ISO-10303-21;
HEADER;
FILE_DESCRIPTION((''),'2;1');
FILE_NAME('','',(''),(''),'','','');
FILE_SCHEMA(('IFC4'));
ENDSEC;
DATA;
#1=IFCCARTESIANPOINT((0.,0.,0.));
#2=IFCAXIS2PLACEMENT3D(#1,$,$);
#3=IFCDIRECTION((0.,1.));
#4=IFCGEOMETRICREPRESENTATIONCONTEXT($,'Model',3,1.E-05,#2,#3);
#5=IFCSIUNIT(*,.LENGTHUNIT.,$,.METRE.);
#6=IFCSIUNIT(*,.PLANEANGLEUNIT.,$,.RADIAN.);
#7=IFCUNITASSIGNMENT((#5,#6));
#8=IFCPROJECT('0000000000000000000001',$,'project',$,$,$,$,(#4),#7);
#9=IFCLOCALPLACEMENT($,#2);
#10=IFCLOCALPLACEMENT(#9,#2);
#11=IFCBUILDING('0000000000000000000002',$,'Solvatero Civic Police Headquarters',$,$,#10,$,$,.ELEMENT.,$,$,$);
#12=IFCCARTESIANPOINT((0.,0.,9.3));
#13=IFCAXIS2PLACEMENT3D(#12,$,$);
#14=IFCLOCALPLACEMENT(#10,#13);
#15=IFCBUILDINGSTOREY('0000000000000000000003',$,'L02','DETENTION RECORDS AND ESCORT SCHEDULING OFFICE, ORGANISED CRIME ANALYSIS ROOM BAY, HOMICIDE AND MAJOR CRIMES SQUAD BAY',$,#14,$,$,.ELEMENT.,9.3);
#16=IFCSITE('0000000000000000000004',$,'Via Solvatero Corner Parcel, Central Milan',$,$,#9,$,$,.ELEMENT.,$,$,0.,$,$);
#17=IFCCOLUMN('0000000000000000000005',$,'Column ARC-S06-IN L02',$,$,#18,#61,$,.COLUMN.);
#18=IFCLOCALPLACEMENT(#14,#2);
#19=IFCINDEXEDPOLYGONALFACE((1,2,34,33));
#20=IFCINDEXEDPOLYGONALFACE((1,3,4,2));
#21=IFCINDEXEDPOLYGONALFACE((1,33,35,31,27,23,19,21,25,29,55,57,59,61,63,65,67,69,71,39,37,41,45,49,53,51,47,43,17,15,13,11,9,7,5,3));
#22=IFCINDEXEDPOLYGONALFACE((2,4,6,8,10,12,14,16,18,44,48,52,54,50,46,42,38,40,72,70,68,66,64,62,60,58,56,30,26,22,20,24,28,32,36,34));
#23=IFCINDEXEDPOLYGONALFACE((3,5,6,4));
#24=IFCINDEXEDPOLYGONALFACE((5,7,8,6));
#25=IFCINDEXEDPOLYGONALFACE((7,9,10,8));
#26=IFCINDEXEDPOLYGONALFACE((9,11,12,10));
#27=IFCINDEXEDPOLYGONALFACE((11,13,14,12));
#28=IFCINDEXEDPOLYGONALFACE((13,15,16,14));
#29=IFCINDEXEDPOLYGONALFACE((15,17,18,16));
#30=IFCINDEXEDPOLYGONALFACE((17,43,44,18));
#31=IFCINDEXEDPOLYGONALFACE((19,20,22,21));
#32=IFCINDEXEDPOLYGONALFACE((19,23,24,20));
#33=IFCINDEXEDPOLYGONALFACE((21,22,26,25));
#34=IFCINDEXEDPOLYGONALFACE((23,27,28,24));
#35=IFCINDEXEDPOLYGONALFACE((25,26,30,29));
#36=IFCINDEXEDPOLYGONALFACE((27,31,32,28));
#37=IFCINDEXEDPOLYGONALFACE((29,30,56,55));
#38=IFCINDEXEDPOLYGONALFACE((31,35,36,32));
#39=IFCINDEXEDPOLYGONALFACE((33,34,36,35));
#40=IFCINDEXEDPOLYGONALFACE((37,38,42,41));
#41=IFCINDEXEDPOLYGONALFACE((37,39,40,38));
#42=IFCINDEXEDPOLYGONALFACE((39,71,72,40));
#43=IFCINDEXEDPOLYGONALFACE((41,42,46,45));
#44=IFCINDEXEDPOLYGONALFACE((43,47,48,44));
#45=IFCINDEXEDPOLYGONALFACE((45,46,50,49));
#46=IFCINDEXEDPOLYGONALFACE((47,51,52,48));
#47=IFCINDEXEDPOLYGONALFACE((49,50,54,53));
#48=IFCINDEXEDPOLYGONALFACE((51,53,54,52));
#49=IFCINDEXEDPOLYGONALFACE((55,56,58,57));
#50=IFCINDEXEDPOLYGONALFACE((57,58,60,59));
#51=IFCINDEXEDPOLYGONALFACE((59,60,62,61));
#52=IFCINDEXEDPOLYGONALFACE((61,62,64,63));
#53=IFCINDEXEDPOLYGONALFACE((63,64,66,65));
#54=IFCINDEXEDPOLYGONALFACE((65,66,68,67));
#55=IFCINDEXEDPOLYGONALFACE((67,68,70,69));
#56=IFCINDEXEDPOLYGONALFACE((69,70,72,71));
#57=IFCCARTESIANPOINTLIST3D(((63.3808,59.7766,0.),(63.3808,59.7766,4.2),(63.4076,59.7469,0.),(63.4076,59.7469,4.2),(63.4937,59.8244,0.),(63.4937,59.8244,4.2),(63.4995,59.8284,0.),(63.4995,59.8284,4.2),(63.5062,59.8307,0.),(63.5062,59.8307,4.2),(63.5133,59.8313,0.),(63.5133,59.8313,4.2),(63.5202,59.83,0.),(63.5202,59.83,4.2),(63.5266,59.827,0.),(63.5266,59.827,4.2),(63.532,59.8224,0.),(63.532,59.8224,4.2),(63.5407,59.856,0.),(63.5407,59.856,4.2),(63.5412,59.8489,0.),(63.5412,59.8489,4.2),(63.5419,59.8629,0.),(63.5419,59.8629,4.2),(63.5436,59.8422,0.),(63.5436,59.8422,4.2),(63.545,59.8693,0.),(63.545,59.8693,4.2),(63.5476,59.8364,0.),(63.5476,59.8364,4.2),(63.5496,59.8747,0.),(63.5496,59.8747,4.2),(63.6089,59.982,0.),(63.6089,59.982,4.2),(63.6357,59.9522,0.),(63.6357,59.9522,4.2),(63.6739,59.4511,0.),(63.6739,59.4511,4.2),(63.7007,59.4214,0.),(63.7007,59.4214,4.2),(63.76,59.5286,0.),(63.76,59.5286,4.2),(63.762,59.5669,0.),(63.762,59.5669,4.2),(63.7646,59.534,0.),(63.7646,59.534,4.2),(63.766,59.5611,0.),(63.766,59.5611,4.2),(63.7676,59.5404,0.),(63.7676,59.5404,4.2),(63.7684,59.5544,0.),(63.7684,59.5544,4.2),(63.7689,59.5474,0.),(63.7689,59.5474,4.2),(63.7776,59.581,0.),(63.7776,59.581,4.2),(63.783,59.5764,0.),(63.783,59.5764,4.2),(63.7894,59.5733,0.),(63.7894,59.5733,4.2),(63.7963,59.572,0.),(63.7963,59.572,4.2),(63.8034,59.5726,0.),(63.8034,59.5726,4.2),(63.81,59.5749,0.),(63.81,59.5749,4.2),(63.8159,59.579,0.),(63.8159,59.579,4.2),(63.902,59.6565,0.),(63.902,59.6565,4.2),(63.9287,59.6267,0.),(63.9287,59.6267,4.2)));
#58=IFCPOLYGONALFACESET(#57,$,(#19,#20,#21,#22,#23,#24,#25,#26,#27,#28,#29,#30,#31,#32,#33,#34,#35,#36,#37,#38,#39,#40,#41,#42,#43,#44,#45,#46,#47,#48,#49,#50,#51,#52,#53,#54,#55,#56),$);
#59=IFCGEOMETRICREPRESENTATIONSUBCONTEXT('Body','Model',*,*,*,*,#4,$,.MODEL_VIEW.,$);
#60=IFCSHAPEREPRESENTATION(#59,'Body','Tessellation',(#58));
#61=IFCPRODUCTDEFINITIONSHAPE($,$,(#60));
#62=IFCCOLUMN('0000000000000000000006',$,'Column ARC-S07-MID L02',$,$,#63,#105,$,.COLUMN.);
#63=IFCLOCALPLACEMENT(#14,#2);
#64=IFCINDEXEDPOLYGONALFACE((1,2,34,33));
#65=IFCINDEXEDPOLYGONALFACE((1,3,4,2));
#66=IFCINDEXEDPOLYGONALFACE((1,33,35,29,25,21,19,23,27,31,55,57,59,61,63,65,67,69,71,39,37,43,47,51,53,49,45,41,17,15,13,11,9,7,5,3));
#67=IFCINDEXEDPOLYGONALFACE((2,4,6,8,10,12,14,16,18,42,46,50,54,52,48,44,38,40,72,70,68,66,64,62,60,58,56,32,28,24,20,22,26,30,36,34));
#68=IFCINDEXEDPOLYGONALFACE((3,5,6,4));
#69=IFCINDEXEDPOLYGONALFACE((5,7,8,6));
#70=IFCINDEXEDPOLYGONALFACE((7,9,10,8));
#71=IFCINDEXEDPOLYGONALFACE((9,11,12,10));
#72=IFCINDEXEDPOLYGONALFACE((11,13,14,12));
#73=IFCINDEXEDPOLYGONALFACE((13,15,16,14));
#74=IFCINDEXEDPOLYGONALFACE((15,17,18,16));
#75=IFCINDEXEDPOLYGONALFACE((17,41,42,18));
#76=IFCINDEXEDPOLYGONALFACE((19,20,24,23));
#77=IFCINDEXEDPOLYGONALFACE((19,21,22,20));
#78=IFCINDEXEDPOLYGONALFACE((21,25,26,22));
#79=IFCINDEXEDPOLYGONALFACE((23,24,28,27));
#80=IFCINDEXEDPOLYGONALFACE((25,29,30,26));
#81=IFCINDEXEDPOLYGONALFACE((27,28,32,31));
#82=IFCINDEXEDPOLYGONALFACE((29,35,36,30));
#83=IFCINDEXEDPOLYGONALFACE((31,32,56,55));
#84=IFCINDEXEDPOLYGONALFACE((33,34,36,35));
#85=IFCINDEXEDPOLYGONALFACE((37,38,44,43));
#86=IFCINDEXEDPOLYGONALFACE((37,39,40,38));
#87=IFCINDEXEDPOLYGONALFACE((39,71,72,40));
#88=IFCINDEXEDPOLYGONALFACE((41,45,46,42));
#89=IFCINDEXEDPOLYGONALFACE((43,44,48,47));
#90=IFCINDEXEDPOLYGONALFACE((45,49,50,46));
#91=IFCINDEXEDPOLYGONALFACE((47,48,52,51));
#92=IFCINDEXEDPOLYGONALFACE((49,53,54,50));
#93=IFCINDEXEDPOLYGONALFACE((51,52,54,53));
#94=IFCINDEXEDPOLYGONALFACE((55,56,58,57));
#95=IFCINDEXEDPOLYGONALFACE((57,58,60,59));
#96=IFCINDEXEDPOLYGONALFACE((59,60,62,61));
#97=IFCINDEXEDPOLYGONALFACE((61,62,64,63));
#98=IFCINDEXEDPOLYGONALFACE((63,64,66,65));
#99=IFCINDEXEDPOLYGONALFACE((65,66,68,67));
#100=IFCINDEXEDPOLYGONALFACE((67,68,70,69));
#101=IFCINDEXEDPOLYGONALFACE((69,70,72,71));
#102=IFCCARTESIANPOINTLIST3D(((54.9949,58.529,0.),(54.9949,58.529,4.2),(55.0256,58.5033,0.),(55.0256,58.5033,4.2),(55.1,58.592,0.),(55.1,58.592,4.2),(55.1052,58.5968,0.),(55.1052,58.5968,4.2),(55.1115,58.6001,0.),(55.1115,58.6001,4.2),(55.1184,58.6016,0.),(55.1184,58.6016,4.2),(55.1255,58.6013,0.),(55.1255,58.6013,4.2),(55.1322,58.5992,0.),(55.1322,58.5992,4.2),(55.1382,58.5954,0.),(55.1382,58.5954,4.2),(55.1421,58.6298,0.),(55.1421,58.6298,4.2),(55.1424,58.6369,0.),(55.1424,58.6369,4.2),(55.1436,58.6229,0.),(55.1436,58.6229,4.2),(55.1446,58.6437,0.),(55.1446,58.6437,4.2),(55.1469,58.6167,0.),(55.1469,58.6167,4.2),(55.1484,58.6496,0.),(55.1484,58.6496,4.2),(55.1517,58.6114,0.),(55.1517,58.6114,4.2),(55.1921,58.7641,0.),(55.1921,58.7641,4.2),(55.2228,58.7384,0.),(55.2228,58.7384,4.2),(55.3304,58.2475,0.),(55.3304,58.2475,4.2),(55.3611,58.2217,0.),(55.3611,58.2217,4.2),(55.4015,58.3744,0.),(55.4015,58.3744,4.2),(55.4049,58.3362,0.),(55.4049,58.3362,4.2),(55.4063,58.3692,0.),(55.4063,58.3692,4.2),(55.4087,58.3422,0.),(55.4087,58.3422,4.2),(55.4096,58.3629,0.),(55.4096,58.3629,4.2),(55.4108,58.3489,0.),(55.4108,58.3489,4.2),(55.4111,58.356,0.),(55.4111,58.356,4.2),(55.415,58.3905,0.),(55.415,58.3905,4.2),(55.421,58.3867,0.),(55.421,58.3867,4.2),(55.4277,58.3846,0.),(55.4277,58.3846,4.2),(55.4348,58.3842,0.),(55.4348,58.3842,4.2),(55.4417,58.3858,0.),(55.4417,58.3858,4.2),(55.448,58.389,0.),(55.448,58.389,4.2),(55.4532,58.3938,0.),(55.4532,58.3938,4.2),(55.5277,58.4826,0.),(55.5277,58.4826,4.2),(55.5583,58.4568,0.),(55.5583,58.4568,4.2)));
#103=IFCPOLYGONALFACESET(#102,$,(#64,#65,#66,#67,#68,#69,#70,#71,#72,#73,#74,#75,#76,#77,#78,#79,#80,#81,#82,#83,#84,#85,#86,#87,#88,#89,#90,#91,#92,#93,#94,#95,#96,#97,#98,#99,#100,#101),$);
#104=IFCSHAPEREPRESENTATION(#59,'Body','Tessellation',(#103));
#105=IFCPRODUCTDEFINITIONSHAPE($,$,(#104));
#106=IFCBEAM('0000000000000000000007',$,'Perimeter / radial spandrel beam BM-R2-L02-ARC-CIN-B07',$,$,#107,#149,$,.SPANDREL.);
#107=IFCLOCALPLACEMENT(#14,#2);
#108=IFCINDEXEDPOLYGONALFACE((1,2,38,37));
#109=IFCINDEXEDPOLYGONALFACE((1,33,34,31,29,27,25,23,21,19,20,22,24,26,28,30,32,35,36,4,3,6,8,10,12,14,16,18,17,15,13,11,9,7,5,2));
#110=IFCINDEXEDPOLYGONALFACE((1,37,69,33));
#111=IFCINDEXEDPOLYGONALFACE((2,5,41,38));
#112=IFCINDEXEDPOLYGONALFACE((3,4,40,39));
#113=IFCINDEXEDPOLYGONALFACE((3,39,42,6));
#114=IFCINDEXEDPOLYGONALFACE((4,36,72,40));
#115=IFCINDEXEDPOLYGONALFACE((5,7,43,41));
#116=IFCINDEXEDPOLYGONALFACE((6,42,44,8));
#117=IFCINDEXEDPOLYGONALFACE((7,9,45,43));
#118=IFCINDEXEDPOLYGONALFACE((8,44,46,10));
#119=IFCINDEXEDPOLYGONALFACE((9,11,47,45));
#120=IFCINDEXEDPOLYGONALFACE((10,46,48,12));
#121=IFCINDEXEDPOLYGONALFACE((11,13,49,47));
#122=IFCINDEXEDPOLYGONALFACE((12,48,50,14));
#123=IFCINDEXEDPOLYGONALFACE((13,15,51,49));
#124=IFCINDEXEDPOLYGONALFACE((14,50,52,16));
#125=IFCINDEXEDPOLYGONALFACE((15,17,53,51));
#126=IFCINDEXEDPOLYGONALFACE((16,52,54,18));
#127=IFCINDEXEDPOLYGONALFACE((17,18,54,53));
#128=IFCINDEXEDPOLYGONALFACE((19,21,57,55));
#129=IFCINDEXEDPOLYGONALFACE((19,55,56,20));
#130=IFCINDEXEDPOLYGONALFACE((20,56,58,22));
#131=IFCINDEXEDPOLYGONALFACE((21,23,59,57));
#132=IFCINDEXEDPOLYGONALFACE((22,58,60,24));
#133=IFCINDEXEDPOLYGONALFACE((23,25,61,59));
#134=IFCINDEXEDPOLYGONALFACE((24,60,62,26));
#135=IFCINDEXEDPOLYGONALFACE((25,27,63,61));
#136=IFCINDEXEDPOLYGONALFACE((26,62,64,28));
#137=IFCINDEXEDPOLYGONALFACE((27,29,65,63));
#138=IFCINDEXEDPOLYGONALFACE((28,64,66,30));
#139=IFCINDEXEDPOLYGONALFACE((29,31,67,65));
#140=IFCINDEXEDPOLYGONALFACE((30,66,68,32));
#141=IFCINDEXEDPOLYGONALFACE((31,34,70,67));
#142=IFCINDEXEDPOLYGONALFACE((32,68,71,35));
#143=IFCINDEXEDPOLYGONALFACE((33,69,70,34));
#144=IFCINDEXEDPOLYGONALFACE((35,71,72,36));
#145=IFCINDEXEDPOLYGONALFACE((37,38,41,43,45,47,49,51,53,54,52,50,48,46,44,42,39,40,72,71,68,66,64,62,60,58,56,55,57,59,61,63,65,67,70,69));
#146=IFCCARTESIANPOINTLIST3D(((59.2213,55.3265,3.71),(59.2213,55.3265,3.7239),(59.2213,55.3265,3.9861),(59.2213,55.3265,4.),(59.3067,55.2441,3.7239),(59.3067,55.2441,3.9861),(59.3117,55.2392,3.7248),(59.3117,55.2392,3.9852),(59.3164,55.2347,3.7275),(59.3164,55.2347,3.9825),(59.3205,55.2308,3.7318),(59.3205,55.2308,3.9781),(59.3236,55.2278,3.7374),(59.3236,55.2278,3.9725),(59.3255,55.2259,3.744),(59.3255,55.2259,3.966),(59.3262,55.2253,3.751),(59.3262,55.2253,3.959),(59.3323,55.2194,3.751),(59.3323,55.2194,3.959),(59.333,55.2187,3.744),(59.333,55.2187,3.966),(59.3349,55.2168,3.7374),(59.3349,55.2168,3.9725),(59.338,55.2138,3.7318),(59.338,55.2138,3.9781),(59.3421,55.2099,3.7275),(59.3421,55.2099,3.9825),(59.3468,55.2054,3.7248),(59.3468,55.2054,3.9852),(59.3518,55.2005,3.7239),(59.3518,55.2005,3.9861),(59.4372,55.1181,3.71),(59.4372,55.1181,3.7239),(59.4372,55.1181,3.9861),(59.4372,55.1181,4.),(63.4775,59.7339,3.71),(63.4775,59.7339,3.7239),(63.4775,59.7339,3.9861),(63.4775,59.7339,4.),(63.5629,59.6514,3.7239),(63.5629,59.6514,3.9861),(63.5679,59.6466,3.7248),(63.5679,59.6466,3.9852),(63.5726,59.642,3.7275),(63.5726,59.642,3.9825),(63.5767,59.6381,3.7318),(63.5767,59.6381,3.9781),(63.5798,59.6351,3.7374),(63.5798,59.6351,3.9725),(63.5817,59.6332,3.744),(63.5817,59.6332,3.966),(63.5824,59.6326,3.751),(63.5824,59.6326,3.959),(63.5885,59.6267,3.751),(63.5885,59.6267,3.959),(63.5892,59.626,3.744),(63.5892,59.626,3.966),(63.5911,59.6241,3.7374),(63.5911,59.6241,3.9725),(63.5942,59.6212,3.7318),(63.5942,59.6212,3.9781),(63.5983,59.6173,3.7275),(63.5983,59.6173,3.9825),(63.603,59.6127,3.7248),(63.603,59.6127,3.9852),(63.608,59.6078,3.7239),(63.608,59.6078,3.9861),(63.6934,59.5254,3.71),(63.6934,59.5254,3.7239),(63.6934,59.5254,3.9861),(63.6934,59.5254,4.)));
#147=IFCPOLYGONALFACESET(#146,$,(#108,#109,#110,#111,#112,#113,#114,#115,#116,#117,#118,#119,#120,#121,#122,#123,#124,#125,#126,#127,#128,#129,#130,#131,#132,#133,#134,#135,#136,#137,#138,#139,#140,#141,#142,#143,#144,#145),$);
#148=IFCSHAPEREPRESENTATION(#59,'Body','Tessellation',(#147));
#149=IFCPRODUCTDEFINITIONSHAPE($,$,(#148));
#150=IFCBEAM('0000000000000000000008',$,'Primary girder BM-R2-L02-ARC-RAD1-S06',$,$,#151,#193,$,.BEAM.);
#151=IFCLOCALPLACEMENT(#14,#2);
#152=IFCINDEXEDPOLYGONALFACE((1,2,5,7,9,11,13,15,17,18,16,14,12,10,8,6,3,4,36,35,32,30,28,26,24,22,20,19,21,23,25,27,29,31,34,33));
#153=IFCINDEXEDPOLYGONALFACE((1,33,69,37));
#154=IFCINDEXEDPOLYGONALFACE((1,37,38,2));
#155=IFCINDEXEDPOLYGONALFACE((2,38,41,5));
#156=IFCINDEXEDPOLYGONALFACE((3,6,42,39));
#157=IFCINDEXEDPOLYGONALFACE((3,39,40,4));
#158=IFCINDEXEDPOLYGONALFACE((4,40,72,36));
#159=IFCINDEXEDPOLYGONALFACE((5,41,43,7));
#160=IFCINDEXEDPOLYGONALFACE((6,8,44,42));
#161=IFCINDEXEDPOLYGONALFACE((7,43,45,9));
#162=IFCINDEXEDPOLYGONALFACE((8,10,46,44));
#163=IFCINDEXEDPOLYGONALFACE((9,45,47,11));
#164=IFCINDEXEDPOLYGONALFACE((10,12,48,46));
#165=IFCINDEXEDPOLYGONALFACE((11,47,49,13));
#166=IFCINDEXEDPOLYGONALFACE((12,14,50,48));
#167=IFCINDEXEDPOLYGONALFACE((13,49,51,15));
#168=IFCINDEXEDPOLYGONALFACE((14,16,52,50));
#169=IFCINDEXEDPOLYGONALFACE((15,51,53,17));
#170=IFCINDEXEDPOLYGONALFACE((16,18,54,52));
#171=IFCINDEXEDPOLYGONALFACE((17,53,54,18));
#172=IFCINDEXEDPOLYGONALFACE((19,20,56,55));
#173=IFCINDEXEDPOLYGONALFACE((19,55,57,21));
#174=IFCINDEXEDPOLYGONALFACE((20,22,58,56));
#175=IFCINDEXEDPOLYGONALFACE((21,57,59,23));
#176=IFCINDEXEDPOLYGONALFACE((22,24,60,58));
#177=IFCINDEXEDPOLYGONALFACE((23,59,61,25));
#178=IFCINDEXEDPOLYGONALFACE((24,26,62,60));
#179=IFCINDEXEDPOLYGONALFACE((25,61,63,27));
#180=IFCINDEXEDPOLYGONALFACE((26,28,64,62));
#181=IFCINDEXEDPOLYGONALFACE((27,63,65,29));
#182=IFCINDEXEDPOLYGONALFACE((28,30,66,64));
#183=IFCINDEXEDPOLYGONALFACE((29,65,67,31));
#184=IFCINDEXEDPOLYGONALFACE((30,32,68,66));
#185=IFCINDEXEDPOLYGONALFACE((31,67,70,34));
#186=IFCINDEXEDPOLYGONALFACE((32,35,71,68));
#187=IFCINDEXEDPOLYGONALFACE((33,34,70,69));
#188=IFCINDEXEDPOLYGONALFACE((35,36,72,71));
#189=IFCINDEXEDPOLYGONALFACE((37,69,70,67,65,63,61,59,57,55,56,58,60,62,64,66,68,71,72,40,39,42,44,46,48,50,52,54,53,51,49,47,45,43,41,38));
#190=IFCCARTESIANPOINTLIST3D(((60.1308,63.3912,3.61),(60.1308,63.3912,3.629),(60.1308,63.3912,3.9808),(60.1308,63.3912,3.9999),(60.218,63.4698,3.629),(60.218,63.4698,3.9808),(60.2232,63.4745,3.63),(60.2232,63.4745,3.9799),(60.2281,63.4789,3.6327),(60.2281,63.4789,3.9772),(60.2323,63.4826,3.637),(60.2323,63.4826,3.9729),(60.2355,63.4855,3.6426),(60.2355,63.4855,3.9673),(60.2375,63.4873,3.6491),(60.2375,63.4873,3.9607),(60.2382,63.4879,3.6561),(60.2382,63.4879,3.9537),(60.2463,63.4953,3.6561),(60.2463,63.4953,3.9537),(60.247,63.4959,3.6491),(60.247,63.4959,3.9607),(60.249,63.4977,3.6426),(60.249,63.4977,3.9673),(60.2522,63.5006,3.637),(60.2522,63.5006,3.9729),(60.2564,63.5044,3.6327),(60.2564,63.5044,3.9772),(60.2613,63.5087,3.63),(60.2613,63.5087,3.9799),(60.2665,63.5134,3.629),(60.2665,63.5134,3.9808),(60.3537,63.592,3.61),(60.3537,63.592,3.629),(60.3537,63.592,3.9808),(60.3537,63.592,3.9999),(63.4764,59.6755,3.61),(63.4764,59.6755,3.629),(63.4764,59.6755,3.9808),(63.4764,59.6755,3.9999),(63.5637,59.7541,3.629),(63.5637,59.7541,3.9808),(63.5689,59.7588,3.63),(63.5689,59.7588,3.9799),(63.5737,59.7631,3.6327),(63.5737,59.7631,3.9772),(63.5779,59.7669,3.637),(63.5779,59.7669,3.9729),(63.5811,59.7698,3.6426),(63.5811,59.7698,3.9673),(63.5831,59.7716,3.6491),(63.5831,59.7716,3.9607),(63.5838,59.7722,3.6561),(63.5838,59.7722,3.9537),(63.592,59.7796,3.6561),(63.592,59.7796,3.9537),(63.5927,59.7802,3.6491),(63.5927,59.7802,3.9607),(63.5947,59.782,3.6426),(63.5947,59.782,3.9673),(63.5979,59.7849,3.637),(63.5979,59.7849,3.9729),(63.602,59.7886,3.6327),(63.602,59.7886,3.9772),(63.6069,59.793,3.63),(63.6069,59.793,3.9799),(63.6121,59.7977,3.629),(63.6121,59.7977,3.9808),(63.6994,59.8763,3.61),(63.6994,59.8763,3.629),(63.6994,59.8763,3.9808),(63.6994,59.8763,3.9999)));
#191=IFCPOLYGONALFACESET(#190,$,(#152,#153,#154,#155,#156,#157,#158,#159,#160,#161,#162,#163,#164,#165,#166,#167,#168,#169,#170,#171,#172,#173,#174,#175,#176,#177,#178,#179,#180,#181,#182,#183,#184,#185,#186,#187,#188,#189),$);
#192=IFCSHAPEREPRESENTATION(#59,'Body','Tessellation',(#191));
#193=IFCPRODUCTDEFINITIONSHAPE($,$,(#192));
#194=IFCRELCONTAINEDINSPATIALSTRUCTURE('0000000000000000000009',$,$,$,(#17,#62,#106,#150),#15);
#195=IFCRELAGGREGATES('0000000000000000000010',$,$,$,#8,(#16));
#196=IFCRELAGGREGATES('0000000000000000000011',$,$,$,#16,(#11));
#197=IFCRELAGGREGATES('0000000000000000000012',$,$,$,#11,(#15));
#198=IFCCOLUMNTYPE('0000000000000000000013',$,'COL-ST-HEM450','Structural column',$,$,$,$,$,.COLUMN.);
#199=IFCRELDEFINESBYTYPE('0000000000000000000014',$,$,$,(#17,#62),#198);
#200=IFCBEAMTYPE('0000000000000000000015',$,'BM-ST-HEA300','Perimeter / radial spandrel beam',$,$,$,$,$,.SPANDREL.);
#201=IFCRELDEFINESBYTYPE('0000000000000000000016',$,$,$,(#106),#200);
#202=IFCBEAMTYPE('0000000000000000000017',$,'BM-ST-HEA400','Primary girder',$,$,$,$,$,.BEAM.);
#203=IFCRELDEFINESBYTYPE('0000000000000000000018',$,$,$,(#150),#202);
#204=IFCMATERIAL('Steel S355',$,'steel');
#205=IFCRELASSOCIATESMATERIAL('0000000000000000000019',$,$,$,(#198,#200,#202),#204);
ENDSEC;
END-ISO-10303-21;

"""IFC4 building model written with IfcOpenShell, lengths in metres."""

from ifc_helpers import new_model, si_unit, direction, frame, origin, origin_2d, place, context, subcontext, project, spatial, i_section, extrude, material, material_profile, profile_set, type_object, element, save


model = new_model("IFC4")

# Units and contexts
model_context = context("Model", 3, precision=1e-05, world=origin(), true_north=direction((0.0, 1.0)))
body_context = subcontext(model_context, "Body", "Model", "MODEL_VIEW")
ifc_project = project(units=[si_unit("LENGTHUNIT", "METRE"), si_unit("PLANEANGLEUNIT", "RADIAN")], contexts=[model_context])

# Site, building, storey
site_placement = place(None, origin())
site = spatial("IfcSite", under=ifc_project, at=site_placement, Name="Via Solvatero Corner Parcel, Central Milan", CompositionType="ELEMENT", RefElevation=0.0)
building_placement = place(site_placement, origin())
building = spatial("IfcBuilding", under=site, at=building_placement, Name="Solvatero Civic Police Headquarters", CompositionType="ELEMENT")
storey_placement = place(building_placement, frame((0.0, 0.0, 9.3)))
storey = spatial("IfcBuildingStorey", under=building, at=storey_placement, Name="L02", Description="DETENTION RECORDS AND ESCORT SCHEDULING OFFICE, ORGANISED CRIME ANALYSIS ROOM BAY, HOMICIDE AND MAJOR CRIMES SQUAD BAY", CompositionType="ELEMENT", Elevation=9.3)

# Columns
ifc_material_1 = material(Name="Steel S355", Category="steel")
ifc_material_profile_1 = material_profile(ifc_material_1, i_section(OverallWidth=0.3069, OverallDepth=0.478, WebThickness=0.021, FlangeThickness=0.04, FilletRadius=0.0271, at=origin_2d()), Name="HEM 450")
ifc_profile_set_1 = profile_set([ifc_material_profile_1], Name="Steel S355")
column_type = type_object("IfcColumnType", Name="COL-ST-HEM450", Description="Structural column", PredefinedType="COLUMN", material=ifc_profile_set_1)
for number, where, z_axis, x_axis, name in (
    (1, (63.6548, 59.7017, 0.0), (0.0, 0.0, 1.0), (0.743145, 0.669131, 0.0), "Column ARC-S06-IN L02"),
    (2, (55.2766, 58.4929, 0.0), (0.0, 0.0, 1.0), (0.642788, 0.766044, 0.0), "Column ARC-S07-MID L02"),
):
    element("IfcColumn", number, at=place(storey_placement, frame(where, z_axis=z_axis, x_axis=x_axis)), inside=storey, type_object=column_type, Name=name, PredefinedType="COLUMN", context=body_context, shape_type="SweptSolid", body=[
        extrude(i_section(OverallWidth=0.3069, OverallDepth=0.478, WebThickness=0.021, FlangeThickness=0.04, FilletRadius=0.0271, at=origin_2d()), origin(), (0.0, 0.0, 1.0), 4.2),
    ])

# Beams
ifc_material_profile_2 = material_profile(ifc_material_1, i_section(OverallWidth=0.3, OverallDepth=0.29, WebThickness=0.0085, FlangeThickness=0.0139, FilletRadius=0.0271, at=origin_2d()), Name="HEA 300")
ifc_profile_set_2 = profile_set([ifc_material_profile_2], Name="Steel S355")
beam_type_1 = type_object("IfcBeamType", Name="BM-ST-HEA300", Description="Perimeter / radial spandrel beam", PredefinedType="SPANDREL", material=ifc_profile_set_2)
beam_1_placement = place(storey_placement, frame((63.5854, 59.6296, 3.855), z_axis=(-0.694666, -0.719332, 0.0), x_axis=(0.719332, -0.694666, 0.0)))
element("IfcBeam", 3, at=beam_1_placement, inside=storey, type_object=beam_type_1, Name="Perimeter / radial spandrel beam BM-R2-L02-ARC-CIN-B07", PredefinedType="SPANDREL", context=body_context, shape_type="SweptSolid", body=[
    extrude(i_section(OverallWidth=0.3, OverallDepth=0.29, WebThickness=0.0085, FlangeThickness=0.0139, FilletRadius=0.0271, at=origin_2d()), origin(), (0.0, 0.0, 1.0), 6.127),
])
ifc_material_profile_3 = material_profile(ifc_material_1, i_section(OverallWidth=0.3, OverallDepth=0.3899, WebThickness=0.011, FlangeThickness=0.019, FilletRadius=0.0271, at=origin_2d()), Name="HEA 400")
ifc_profile_set_3 = profile_set([ifc_material_profile_3], Name="Steel S355")
beam_type_2 = type_object("IfcBeamType", Name="BM-ST-HEA400", Description="Primary girder", PredefinedType="BEAM", material=ifc_profile_set_3)
beam_2_placement = place(storey_placement, frame((63.5879, 59.7759, 3.8049), z_axis=(-0.669127, 0.743148, 0.0), x_axis=(-0.743148, -0.669127, 0.0)))
element("IfcBeam", 4, at=beam_2_placement, inside=storey, type_object=beam_type_2, Name="Primary girder BM-R2-L02-ARC-RAD1-S06", PredefinedType="BEAM", context=body_context, shape_type="SweptSolid", body=[
    extrude(i_section(OverallWidth=0.3, OverallDepth=0.3899, WebThickness=0.011, FlangeThickness=0.019, FilletRadius=0.0271, at=origin_2d()), origin(), (0.0, 0.0, 1.0), 5.0),
])

save(model, "model.ifc")
